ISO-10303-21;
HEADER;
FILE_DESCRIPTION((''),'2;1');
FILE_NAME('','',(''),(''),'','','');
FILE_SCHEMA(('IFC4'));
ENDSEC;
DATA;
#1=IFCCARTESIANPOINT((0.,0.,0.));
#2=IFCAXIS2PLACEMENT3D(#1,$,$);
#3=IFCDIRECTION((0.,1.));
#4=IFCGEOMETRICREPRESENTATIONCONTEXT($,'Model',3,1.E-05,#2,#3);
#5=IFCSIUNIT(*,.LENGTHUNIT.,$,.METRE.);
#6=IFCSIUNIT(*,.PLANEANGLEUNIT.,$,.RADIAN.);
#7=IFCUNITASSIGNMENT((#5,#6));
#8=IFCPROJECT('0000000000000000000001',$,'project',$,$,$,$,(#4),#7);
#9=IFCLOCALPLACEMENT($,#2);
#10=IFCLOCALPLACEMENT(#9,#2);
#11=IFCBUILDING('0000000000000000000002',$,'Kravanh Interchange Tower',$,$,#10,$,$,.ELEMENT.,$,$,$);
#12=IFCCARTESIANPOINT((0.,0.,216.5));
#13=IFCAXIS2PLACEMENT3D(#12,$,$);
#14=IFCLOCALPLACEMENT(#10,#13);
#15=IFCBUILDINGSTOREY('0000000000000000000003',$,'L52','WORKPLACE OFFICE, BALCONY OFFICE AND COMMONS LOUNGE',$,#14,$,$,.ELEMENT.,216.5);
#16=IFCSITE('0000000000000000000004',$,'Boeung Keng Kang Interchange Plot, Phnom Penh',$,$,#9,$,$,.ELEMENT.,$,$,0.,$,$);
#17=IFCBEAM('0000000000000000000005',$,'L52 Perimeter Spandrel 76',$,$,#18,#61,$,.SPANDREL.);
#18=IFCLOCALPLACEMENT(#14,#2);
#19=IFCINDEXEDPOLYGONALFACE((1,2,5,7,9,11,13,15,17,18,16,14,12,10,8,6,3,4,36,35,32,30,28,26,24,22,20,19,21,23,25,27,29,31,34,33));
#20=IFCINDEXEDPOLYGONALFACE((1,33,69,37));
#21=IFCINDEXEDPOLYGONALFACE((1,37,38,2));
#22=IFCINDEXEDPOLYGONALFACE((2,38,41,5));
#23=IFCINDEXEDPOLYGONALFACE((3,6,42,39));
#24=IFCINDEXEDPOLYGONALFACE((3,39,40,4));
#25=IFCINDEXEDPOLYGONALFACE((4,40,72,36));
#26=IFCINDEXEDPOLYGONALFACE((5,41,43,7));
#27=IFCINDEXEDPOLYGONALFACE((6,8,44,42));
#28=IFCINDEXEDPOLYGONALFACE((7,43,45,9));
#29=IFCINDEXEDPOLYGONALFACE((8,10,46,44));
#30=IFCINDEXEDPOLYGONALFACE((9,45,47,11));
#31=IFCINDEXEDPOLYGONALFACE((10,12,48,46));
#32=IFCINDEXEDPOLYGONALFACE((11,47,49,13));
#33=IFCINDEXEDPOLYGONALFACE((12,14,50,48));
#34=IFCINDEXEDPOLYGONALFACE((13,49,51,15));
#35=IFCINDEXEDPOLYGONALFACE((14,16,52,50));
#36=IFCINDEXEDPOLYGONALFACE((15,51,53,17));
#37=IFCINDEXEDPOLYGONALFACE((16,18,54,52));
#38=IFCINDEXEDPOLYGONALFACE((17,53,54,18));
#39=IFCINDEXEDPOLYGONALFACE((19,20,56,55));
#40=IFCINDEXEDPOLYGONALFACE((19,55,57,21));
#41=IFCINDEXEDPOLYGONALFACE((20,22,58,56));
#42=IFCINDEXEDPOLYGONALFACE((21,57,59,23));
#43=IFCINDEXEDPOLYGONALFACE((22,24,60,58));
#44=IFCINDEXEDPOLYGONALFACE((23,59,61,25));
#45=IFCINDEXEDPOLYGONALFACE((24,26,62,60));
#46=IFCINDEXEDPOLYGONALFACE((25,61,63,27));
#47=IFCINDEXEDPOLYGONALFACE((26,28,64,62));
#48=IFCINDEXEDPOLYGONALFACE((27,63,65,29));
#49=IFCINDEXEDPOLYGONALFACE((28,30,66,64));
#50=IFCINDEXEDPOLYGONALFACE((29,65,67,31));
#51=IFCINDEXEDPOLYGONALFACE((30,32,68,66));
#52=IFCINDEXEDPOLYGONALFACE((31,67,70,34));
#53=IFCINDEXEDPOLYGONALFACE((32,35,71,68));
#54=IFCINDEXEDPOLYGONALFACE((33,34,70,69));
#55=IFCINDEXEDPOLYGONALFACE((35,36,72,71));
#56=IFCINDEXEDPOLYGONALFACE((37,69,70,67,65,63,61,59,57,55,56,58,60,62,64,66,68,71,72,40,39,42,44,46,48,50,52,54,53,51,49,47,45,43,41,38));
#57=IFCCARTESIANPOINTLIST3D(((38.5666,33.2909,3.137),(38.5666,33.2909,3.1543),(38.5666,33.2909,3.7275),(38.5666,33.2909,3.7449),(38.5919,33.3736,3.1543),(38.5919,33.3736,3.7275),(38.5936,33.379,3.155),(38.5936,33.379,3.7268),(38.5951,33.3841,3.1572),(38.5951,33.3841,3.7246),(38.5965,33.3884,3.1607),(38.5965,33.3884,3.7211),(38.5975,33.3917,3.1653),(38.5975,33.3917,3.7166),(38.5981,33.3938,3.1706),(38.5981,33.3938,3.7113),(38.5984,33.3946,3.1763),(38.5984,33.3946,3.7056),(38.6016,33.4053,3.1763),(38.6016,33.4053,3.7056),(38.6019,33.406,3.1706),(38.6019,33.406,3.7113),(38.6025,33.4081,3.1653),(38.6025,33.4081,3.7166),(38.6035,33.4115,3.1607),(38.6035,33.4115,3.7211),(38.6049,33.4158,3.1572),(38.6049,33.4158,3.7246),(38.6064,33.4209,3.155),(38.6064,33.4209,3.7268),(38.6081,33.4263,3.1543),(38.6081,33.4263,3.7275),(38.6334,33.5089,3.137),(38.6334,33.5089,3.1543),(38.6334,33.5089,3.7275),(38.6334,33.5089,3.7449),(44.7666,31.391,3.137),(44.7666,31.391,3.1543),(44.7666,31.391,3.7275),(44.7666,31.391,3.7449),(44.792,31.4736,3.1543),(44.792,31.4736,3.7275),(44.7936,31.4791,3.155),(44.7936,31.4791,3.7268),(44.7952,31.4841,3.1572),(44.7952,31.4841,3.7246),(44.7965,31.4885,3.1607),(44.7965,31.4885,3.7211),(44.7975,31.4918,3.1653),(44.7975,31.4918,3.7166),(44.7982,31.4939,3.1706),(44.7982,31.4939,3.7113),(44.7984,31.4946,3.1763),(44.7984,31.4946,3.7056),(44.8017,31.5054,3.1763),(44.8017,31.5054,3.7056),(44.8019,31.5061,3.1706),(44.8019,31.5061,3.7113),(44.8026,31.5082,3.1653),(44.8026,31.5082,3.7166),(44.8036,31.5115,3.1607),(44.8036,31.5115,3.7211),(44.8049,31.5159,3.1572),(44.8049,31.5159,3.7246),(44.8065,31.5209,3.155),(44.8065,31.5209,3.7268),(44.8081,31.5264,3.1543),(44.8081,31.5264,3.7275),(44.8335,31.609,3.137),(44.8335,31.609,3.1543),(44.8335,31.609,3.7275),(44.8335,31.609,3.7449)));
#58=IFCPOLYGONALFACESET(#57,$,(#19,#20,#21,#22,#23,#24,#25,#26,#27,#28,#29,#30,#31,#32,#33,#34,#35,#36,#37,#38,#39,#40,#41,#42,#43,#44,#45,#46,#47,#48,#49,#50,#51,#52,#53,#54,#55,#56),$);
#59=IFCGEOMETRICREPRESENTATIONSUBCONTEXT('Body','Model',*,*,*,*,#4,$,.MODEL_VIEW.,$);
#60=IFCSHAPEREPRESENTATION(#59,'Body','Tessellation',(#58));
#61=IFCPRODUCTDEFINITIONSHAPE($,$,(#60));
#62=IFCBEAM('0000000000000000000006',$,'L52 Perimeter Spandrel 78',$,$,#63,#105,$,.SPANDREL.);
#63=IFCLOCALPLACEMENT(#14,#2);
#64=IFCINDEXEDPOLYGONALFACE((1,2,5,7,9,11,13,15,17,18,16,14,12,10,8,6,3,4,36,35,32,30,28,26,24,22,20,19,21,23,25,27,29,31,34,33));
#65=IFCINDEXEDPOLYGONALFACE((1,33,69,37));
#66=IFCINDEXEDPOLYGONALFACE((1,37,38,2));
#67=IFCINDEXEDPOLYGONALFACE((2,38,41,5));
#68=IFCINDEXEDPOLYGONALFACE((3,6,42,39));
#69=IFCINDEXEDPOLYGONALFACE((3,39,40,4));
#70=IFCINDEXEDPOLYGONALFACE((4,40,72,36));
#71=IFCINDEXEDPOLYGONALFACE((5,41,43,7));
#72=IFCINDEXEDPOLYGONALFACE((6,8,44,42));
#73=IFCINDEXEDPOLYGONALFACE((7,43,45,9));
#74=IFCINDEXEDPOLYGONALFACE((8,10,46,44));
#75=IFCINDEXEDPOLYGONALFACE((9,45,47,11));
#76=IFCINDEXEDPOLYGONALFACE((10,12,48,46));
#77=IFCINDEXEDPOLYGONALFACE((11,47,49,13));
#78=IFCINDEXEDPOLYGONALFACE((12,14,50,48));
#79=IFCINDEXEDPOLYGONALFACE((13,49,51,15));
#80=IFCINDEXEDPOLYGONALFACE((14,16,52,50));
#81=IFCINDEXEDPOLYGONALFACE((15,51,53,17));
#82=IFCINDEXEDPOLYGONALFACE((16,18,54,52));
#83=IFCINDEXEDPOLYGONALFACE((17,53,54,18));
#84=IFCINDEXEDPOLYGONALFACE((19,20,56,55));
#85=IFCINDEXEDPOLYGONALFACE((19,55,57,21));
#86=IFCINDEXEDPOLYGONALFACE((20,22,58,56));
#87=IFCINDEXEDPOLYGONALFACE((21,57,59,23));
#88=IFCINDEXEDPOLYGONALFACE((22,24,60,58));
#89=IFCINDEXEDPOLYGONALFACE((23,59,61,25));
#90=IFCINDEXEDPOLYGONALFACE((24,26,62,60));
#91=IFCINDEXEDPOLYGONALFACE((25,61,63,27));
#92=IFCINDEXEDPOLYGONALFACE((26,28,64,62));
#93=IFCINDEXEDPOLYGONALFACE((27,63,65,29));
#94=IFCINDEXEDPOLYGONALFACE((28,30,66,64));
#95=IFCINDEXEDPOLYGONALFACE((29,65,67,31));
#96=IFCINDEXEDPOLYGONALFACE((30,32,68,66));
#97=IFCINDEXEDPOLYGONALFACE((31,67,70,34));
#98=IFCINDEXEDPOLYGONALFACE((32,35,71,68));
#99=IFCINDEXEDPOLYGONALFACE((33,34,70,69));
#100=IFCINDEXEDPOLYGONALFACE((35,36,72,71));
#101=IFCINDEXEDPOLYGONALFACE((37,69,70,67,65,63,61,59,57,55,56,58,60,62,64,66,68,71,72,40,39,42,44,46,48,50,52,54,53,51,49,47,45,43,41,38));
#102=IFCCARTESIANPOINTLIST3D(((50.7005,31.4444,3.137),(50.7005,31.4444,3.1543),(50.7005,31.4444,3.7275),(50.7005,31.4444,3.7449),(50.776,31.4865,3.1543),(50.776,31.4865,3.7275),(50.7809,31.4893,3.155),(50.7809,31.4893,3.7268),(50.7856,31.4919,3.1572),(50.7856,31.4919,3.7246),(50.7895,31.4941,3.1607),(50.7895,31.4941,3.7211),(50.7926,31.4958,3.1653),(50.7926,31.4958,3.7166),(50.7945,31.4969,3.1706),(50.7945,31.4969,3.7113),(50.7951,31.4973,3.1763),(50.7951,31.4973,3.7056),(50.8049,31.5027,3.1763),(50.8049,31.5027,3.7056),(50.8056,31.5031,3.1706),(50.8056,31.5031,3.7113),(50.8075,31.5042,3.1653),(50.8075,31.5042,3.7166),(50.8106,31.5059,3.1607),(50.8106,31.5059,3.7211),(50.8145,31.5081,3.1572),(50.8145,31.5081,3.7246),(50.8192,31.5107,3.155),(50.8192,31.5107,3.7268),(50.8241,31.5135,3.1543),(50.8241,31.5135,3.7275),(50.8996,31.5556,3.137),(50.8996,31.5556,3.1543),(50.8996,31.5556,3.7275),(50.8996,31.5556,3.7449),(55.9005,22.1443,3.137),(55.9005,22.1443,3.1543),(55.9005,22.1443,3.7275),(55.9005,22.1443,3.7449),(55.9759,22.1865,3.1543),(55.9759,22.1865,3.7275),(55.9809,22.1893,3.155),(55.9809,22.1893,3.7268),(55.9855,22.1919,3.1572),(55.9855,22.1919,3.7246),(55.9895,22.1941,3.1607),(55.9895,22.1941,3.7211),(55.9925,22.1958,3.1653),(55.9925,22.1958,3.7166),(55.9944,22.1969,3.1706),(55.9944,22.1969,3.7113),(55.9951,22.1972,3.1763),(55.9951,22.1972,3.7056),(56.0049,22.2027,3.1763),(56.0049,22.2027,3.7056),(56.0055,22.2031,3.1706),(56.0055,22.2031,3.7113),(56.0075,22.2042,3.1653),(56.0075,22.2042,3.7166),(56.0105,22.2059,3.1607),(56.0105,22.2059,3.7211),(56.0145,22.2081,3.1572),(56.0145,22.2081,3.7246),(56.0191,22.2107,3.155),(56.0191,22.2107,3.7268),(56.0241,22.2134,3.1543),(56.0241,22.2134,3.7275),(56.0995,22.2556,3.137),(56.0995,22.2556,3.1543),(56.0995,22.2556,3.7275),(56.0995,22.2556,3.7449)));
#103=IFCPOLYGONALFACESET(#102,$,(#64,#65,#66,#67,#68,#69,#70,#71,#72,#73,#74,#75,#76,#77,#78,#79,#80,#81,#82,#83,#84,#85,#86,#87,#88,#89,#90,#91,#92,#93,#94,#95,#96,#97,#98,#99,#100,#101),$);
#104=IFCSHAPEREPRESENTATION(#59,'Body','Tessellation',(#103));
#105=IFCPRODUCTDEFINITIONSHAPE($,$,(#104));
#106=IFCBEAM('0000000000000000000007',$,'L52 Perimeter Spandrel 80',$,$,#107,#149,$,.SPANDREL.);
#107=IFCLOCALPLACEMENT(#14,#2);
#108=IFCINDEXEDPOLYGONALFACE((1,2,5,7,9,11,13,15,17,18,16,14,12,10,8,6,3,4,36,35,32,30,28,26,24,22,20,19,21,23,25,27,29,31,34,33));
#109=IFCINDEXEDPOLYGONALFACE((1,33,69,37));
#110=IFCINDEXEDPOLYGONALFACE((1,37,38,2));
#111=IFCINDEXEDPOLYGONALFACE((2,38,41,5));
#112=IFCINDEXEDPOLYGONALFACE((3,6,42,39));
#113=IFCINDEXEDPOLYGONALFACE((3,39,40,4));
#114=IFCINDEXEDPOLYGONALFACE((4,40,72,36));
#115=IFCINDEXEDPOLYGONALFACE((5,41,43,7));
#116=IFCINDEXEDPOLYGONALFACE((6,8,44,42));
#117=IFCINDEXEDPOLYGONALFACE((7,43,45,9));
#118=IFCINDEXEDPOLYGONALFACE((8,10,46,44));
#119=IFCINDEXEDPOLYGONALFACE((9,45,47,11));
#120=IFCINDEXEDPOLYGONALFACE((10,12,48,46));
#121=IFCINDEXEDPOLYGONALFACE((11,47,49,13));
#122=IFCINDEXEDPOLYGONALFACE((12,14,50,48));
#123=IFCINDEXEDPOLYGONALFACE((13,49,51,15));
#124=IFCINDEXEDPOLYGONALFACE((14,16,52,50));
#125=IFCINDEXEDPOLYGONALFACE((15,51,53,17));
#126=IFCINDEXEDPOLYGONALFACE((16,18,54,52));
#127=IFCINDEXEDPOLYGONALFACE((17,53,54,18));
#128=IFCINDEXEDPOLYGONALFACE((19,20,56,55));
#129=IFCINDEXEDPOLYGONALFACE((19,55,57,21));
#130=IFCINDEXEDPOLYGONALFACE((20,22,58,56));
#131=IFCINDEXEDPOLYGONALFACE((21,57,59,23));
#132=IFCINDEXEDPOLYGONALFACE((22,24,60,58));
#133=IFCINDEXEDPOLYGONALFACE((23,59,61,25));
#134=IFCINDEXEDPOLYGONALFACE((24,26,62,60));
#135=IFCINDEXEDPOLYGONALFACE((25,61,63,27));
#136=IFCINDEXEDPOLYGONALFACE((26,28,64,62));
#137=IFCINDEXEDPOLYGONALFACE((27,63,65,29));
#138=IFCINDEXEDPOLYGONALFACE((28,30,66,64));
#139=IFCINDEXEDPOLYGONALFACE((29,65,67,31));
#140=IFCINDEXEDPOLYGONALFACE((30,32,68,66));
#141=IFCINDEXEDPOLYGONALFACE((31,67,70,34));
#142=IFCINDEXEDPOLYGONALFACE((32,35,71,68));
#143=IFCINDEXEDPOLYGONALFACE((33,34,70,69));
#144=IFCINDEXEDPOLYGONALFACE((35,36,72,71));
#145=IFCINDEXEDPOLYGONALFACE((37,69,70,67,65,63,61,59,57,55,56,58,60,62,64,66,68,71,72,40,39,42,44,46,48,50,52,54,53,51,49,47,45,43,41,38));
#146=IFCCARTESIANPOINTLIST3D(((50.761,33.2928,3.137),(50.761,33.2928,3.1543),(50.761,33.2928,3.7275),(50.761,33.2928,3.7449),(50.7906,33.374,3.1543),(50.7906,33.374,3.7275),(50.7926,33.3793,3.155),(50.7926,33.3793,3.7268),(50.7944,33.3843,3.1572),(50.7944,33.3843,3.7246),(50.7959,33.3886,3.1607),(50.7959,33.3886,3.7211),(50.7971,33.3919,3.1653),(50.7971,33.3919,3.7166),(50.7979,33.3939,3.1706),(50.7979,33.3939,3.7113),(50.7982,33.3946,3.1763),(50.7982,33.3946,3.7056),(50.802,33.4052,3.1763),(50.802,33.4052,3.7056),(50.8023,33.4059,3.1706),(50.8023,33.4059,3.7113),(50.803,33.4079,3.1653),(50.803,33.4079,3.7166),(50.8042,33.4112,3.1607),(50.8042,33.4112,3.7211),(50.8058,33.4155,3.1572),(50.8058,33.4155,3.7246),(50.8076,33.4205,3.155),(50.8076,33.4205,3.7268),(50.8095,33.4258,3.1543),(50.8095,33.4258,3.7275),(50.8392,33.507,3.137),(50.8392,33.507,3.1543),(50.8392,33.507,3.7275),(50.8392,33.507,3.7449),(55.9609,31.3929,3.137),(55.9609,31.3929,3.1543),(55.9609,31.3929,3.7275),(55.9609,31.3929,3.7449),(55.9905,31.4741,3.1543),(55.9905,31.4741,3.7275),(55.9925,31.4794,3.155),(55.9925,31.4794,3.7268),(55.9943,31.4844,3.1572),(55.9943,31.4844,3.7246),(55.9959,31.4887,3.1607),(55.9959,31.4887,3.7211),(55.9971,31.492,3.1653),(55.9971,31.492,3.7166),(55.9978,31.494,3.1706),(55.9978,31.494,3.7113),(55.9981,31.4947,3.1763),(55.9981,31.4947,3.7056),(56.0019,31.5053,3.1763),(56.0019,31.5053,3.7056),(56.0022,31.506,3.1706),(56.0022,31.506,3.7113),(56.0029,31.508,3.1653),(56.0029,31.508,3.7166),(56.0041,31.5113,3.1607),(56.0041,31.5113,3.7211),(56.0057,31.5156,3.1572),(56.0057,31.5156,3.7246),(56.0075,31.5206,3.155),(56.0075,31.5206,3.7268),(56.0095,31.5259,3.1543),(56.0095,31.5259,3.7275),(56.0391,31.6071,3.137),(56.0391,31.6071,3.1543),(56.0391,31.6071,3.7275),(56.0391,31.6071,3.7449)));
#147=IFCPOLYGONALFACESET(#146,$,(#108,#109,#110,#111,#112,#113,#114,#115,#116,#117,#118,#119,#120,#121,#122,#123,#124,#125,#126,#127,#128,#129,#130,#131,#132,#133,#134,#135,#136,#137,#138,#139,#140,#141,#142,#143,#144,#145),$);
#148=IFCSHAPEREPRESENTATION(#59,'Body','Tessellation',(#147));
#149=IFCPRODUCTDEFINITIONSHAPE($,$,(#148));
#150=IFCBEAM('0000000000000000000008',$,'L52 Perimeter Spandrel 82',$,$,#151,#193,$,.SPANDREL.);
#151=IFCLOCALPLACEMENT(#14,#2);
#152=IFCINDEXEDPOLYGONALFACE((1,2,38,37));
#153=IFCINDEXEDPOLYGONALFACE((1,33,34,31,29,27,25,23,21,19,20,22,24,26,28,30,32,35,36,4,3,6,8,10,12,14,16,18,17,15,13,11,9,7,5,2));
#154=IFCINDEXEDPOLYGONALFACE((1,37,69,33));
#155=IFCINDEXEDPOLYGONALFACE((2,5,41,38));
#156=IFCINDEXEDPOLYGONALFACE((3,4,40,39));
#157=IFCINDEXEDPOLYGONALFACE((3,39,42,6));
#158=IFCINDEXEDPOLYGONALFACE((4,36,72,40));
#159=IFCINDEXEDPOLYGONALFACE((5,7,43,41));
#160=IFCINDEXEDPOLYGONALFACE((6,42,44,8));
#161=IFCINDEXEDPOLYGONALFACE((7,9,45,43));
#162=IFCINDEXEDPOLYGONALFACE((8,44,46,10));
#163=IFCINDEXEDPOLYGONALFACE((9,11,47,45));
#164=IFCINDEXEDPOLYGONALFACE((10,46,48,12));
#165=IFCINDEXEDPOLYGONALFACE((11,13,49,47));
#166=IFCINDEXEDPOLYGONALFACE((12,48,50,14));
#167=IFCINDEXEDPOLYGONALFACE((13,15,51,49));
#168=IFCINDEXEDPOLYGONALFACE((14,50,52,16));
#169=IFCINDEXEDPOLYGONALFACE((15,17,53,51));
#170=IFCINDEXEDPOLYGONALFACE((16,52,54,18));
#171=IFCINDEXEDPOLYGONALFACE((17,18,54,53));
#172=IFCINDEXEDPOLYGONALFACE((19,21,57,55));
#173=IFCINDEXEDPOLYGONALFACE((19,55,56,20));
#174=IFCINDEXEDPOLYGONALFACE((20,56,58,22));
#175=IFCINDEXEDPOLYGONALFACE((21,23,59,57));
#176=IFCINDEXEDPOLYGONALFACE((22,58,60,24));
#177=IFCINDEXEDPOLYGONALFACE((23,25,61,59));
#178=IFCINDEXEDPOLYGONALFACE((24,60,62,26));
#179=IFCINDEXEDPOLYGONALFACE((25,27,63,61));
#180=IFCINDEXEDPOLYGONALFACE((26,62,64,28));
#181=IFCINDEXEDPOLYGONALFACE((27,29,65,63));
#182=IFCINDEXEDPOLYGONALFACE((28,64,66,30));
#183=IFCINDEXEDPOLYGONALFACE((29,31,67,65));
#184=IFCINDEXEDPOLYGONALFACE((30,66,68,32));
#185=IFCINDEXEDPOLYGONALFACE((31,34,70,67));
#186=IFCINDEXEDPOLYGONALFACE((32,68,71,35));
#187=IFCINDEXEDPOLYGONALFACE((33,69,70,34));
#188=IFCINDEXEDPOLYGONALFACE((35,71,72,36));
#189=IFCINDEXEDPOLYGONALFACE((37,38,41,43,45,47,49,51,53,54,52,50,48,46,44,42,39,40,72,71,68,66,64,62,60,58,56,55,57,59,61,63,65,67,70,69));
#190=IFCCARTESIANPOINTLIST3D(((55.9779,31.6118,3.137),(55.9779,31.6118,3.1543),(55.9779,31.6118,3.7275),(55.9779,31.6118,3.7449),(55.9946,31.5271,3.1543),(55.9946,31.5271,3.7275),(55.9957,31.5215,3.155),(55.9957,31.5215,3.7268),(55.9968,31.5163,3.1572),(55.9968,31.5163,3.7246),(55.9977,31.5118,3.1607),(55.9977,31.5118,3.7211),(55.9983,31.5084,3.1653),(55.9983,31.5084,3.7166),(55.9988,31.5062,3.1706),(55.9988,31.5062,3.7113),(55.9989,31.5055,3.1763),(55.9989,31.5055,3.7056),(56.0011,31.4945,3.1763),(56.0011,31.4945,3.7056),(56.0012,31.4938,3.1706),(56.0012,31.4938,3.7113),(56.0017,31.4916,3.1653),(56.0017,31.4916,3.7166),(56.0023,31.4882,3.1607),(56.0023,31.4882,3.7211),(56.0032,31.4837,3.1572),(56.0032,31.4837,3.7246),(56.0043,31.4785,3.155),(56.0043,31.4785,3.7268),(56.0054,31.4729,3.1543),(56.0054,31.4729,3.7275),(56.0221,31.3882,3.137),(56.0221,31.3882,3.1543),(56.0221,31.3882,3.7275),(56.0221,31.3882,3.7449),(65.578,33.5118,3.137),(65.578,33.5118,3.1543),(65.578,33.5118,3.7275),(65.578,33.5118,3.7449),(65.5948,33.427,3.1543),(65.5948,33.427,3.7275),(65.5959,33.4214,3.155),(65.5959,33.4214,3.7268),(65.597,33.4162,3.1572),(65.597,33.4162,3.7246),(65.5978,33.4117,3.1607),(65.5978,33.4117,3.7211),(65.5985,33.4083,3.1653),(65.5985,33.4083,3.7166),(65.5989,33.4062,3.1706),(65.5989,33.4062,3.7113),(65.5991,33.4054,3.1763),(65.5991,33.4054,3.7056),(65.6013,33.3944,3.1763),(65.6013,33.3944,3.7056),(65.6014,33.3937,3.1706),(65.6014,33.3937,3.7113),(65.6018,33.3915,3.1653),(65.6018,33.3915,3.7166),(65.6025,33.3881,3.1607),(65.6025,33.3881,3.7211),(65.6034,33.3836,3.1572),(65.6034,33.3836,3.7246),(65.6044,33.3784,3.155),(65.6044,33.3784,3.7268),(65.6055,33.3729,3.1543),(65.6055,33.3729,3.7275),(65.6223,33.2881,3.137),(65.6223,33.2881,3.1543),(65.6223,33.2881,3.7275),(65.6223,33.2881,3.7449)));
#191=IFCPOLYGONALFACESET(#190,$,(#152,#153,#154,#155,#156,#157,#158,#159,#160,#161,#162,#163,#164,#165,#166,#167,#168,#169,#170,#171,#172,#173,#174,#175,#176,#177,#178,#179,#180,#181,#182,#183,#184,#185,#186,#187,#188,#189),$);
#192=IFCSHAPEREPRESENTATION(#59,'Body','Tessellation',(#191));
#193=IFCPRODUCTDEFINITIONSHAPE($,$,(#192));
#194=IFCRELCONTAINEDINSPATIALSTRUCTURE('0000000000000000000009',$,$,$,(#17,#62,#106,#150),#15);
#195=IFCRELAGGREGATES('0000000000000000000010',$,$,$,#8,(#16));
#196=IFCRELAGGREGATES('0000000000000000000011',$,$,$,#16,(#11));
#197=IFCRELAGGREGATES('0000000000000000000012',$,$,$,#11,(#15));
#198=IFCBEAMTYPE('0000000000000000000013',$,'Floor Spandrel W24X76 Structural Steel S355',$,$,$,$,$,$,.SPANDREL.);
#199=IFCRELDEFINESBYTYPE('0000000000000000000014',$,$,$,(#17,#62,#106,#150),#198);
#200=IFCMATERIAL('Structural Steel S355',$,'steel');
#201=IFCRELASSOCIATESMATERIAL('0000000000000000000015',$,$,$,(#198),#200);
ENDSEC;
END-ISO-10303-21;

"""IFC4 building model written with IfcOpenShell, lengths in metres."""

from ifc_helpers import new_model, si_unit, direction, frame, origin, origin_2d, place, context, subcontext, project, spatial, i_section, extrude, material, material_profile, profile_set, type_object, element, save


model = new_model("IFC4")

# Units and contexts
model_context = context("Model", 3, precision=1e-05, world=origin(), true_north=direction((0.0, 1.0)))
body_context = subcontext(model_context, "Body", "Model", "MODEL_VIEW")
ifc_project = project(units=[si_unit("LENGTHUNIT", "METRE"), si_unit("PLANEANGLEUNIT", "RADIAN")], contexts=[model_context])

# Site, building, storey
site_placement = place(None, origin())
site = spatial("IfcSite", under=ifc_project, at=site_placement, Name="Boeung Keng Kang Interchange Plot, Phnom Penh", CompositionType="ELEMENT", RefElevation=0.0)
building_placement = place(site_placement, origin())
building = spatial("IfcBuilding", under=site, at=building_placement, Name="Kravanh Interchange Tower", CompositionType="ELEMENT")
storey_placement = place(building_placement, frame((0.0, 0.0, 216.5)))
storey = spatial("IfcBuildingStorey", under=building, at=storey_placement, Name="L52", Description="WORKPLACE OFFICE, BALCONY OFFICE AND COMMONS LOUNGE", CompositionType="ELEMENT", Elevation=216.5)

# Beams
ifc_material_1 = material(Name="Structural Steel S355", Category="steel")
ifc_material_profile_1 = material_profile(ifc_material_1, i_section(OverallWidth=0.228, OverallDepth=0.6079, WebThickness=0.0112, FlangeThickness=0.0173, FilletRadius=0.022, at=origin_2d()), Name="W24X76")
ifc_profile_set_1 = profile_set([ifc_material_profile_1], Name="Structural Steel S355")
beam_type_1 = type_object("IfcBeamType", Name="Floor Spandrel W24X76 Structural Steel S355", PredefinedType="SPANDREL", material=ifc_profile_set_1)
beam_1_placement = place(storey_placement, frame((44.8, 31.5, 3.4409), z_axis=(-0.956115, 0.29299, 0.0), x_axis=(-0.29299, -0.956115, 0.0)))
element("IfcBeam", 1, at=beam_1_placement, inside=storey, type_object=beam_type_1, Name="L52 Perimeter Spandrel 76", PredefinedType="SPANDREL", context=body_context, shape_type="SweptSolid", body=[
    extrude(i_section(OverallWidth=0.228, OverallDepth=0.6079, WebThickness=0.0112, FlangeThickness=0.0173, FilletRadius=0.022, at=origin_2d()), origin(), (0.0, 0.0, 1.0), 6.4846),
])
beam_2_placement = place(storey_placement, frame((50.8, 31.5, 3.4409), z_axis=(0.488026, -0.872829, 0.0), x_axis=(0.872829, 0.488026, 0.0)))
element("IfcBeam", 2, at=beam_2_placement, inside=storey, type_object=beam_type_1, Name="L52 Perimeter Spandrel 78", PredefinedType="SPANDREL", context=body_context, shape_type="SweptSolid", body=[
    extrude(i_section(OverallWidth=0.228, OverallDepth=0.6079, WebThickness=0.0112, FlangeThickness=0.0173, FilletRadius=0.022, at=origin_2d()), origin(), (0.0, 0.0, 1.0), 10.655),
])
beam_3_placement = place(storey_placement, frame((56.0, 31.5, 3.4409), z_axis=(-0.93927, 0.34318, 0.0), x_axis=(-0.34318, -0.93927, 0.0)))
element("IfcBeam", 3, at=beam_3_placement, inside=storey, type_object=beam_type_1, Name="L52 Perimeter Spandrel 80", PredefinedType="SPANDREL", context=body_context, shape_type="SweptSolid", body=[
    extrude(i_section(OverallWidth=0.228, OverallDepth=0.6079, WebThickness=0.0112, FlangeThickness=0.0173, FilletRadius=0.022, at=origin_2d()), origin(), (0.0, 0.0, 1.0), 5.5361),
])
beam_4_placement = place(storey_placement, frame((56.0, 31.5, 3.4409), z_axis=(0.980974, 0.194139, 0.0), x_axis=(-0.194139, 0.980974, 0.0)))
element("IfcBeam", 4, at=beam_4_placement, inside=storey, type_object=beam_type_1, Name="L52 Perimeter Spandrel 82", PredefinedType="SPANDREL", context=body_context, shape_type="SweptSolid", body=[
    extrude(i_section(OverallWidth=0.228, OverallDepth=0.6079, WebThickness=0.0112, FlangeThickness=0.0173, FilletRadius=0.022, at=origin_2d()), origin(), (0.0, 0.0, 1.0), 9.7864),
])

save(model, "model.ifc")
